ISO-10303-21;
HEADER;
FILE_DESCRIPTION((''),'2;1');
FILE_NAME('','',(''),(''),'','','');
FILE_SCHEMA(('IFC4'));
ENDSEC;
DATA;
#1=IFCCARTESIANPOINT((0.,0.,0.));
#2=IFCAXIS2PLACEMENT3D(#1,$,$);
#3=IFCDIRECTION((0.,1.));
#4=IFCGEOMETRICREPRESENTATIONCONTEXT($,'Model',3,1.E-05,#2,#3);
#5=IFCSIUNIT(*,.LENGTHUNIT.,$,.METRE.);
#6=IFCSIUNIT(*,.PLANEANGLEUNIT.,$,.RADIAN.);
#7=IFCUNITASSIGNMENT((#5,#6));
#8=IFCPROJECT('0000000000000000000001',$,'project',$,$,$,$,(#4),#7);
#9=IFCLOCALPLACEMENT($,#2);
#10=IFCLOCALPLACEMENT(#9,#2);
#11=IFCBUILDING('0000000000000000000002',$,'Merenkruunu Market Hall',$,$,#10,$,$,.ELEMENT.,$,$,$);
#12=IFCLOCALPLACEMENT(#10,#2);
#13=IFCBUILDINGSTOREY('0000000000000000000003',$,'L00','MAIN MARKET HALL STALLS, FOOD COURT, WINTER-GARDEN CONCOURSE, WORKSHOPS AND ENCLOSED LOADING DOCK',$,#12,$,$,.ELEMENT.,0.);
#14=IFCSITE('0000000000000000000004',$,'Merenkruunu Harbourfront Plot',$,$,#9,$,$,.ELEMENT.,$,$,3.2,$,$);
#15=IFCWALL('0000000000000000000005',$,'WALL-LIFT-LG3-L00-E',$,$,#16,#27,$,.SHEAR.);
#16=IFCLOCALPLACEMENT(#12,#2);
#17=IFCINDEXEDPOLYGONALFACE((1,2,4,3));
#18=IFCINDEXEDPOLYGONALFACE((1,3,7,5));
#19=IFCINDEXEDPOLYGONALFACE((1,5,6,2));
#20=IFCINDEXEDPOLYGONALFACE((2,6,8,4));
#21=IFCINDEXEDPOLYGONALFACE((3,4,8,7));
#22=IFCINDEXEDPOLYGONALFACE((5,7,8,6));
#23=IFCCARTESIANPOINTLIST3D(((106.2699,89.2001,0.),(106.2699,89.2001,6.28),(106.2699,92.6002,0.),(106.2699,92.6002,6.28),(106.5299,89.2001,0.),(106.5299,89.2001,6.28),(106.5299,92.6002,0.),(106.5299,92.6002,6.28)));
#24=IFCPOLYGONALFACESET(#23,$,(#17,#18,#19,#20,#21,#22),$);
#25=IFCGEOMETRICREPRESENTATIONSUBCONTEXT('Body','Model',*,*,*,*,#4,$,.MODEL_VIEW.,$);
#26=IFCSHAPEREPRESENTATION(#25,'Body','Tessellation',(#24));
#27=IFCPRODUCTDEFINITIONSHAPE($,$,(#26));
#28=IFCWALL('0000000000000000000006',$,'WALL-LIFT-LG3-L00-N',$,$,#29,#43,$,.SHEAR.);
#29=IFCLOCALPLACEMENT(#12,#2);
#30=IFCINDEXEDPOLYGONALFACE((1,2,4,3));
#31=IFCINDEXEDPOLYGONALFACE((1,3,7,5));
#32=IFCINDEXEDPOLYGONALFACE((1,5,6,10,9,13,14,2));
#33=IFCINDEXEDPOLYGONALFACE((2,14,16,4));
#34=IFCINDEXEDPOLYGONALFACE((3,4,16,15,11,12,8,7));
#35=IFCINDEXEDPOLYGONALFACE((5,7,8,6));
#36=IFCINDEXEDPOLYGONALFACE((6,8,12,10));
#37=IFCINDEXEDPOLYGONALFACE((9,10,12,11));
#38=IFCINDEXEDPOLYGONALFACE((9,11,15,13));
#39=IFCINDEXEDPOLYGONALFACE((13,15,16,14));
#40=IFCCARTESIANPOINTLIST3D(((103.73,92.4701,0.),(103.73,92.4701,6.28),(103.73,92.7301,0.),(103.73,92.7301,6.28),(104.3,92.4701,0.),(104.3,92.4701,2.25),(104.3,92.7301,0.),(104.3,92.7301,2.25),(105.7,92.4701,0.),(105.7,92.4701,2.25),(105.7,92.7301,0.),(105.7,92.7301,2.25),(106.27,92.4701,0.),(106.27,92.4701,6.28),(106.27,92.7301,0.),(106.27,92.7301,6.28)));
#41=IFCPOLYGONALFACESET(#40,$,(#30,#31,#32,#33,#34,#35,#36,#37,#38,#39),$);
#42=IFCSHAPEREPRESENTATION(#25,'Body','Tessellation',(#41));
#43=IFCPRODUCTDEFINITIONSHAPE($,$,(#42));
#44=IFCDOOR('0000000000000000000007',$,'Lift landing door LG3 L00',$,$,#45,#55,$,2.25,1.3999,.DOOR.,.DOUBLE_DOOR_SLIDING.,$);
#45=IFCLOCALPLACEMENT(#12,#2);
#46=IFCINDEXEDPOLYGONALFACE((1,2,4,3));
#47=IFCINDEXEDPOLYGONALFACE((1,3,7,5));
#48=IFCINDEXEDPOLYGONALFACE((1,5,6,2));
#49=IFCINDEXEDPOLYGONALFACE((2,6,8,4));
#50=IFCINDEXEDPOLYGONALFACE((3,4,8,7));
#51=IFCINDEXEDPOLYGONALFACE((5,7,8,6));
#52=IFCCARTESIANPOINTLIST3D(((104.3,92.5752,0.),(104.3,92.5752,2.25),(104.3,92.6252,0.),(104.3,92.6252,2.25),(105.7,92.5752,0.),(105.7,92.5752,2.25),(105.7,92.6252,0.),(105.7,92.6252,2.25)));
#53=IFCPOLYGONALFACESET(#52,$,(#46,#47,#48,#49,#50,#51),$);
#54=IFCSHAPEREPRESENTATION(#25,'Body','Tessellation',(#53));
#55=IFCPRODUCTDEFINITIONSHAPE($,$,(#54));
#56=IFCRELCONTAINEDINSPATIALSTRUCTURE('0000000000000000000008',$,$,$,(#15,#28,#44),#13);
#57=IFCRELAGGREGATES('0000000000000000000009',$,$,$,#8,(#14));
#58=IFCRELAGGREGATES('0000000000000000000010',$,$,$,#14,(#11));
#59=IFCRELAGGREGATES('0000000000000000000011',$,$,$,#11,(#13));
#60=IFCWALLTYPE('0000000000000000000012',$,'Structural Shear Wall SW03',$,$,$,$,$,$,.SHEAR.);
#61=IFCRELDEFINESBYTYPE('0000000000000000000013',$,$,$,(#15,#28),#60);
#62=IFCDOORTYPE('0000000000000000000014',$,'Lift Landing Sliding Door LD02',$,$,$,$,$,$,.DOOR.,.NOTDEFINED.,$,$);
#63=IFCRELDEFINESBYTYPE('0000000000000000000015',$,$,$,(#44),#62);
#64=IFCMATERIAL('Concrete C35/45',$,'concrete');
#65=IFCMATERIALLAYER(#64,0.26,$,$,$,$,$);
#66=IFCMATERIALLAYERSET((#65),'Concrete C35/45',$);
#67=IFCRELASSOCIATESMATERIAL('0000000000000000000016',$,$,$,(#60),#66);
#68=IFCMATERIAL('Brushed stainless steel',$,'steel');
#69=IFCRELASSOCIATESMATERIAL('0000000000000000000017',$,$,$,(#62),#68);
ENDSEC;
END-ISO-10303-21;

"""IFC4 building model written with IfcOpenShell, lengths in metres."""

from ifc_helpers import new_model, si_unit, direction, frame, frame_2d, origin, place, context, subcontext, project, spatial, rectangle, extrude, material, layer, layer_set, type_object, element, fill, save


model = new_model("IFC4")

# Units and contexts
model_context = context("Model", 3, precision=1e-05, world=origin(), true_north=direction((0.0, 1.0)))
body_context = subcontext(model_context, "Body", "Model", "MODEL_VIEW")
ifc_project = project(units=[si_unit("LENGTHUNIT", "METRE"), si_unit("PLANEANGLEUNIT", "RADIAN")], contexts=[model_context])

# Site, building, storey
site_placement = place(None, origin())
site = spatial("IfcSite", under=ifc_project, at=site_placement, Name="Merenkruunu Harbourfront Plot", CompositionType="ELEMENT", RefElevation=3.2)
building_placement = place(site_placement, origin())
building = spatial("IfcBuilding", under=site, at=building_placement, Name="Merenkruunu Market Hall", CompositionType="ELEMENT")
storey_placement = place(building_placement, origin())
storey = spatial("IfcBuildingStorey", under=building, at=storey_placement, Name="L00", Description="MAIN MARKET HALL STALLS, FOOD COURT, WINTER-GARDEN CONCOURSE, WORKSHOPS AND ENCLOSED LOADING DOCK", CompositionType="ELEMENT", Elevation=0.0)

# Wall
ifc_material_1 = material(Name="Concrete C35/45", Category="concrete")
ifc_layer_1 = layer(ifc_material_1, 0.26)
ifc_layer_set_1 = layer_set([ifc_layer_1], Name="Concrete C35/45")
wall_type_1 = type_object("IfcWallType", Name="Structural Shear Wall SW03", PredefinedType="SHEAR", material=ifc_layer_set_1)
wall_1_placement = place(storey_placement, frame((106.3999, 89.2, 0.0), z_axis=(0.0, 0.0, 1.0), x_axis=(0.0, 1.0, 0.0)))
element("IfcWall", 1, at=wall_1_placement, inside=storey, type_object=wall_type_1, Name="WALL-LIFT-LG3-L00-E", PredefinedType="SHEAR", context=body_context, shape_type="SweptSolid", body=[
    extrude(rectangle(XDim=3.4001, YDim=0.26, at=frame_2d((1.7002, 0.0))), origin(), (0.0, 0.0, 1.0), 6.28),
])

# Wall, opening, door
wall_2_placement = place(storey_placement, frame((106.27, 92.6001, 0.0), z_axis=(0.0, 0.0, 1.0), x_axis=(-1.0, 0.0, 0.0)))
wall_2 = element("IfcWall", 2, at=wall_2_placement, inside=storey, type_object=wall_type_1, Name="WALL-LIFT-LG3-L00-N", PredefinedType="SHEAR", context=body_context, shape_type="SweptSolid", body=[
    extrude(rectangle(XDim=2.54, YDim=0.26, at=frame_2d((1.27, 0.0))), origin(), (0.0, 0.0, 1.0), 6.28),
])
opening_1_placement = place(wall_2_placement, frame((0.5701, 0.0, 0.0)))
opening_1 = element("IfcOpeningElement", 3, at=opening_1_placement, cuts=wall_2, PredefinedType="OPENING", context=body_context, shape_type="SweptSolid", body=[
    extrude(rectangle(XDim=1.3999, YDim=2.25, at=frame_2d((0.7, 1.125))), frame((0.0, 0.1401, 0.0), z_axis=(0.0, -1.0, 0.0), x_axis=(1.0, 0.0, 0.0)), (0.0, 0.0, 1.0), 0.28),
])
ifc_material_2 = material(Name="Brushed stainless steel", Category="steel")
door_type_1 = type_object("IfcDoorType", Name="Lift Landing Sliding Door LD02", OperationType="NOTDEFINED", PredefinedType="DOOR", material=ifc_material_2)
door_1_placement = place(opening_1_placement, origin())
door_1 = element("IfcDoor", 4, at=door_1_placement, inside=storey, type_object=door_type_1, Name="Lift landing door LG3 L00", OperationType="DOUBLE_DOOR_SLIDING", OverallHeight=2.25, OverallWidth=1.3999, PredefinedType="DOOR", context=body_context, shape_type="SweptSolid", body=[
    extrude(rectangle(XDim=1.3999, YDim=2.25, at=frame_2d((0.7, 1.125))), frame((0.0, 0.0249, 0.0), z_axis=(0.0, -1.0, 0.0), x_axis=(1.0, 0.0, 0.0)), (0.0, 0.0, 1.0), 0.05),
])
fill(opening_1, door_1)

save(model, "model.ifc")
